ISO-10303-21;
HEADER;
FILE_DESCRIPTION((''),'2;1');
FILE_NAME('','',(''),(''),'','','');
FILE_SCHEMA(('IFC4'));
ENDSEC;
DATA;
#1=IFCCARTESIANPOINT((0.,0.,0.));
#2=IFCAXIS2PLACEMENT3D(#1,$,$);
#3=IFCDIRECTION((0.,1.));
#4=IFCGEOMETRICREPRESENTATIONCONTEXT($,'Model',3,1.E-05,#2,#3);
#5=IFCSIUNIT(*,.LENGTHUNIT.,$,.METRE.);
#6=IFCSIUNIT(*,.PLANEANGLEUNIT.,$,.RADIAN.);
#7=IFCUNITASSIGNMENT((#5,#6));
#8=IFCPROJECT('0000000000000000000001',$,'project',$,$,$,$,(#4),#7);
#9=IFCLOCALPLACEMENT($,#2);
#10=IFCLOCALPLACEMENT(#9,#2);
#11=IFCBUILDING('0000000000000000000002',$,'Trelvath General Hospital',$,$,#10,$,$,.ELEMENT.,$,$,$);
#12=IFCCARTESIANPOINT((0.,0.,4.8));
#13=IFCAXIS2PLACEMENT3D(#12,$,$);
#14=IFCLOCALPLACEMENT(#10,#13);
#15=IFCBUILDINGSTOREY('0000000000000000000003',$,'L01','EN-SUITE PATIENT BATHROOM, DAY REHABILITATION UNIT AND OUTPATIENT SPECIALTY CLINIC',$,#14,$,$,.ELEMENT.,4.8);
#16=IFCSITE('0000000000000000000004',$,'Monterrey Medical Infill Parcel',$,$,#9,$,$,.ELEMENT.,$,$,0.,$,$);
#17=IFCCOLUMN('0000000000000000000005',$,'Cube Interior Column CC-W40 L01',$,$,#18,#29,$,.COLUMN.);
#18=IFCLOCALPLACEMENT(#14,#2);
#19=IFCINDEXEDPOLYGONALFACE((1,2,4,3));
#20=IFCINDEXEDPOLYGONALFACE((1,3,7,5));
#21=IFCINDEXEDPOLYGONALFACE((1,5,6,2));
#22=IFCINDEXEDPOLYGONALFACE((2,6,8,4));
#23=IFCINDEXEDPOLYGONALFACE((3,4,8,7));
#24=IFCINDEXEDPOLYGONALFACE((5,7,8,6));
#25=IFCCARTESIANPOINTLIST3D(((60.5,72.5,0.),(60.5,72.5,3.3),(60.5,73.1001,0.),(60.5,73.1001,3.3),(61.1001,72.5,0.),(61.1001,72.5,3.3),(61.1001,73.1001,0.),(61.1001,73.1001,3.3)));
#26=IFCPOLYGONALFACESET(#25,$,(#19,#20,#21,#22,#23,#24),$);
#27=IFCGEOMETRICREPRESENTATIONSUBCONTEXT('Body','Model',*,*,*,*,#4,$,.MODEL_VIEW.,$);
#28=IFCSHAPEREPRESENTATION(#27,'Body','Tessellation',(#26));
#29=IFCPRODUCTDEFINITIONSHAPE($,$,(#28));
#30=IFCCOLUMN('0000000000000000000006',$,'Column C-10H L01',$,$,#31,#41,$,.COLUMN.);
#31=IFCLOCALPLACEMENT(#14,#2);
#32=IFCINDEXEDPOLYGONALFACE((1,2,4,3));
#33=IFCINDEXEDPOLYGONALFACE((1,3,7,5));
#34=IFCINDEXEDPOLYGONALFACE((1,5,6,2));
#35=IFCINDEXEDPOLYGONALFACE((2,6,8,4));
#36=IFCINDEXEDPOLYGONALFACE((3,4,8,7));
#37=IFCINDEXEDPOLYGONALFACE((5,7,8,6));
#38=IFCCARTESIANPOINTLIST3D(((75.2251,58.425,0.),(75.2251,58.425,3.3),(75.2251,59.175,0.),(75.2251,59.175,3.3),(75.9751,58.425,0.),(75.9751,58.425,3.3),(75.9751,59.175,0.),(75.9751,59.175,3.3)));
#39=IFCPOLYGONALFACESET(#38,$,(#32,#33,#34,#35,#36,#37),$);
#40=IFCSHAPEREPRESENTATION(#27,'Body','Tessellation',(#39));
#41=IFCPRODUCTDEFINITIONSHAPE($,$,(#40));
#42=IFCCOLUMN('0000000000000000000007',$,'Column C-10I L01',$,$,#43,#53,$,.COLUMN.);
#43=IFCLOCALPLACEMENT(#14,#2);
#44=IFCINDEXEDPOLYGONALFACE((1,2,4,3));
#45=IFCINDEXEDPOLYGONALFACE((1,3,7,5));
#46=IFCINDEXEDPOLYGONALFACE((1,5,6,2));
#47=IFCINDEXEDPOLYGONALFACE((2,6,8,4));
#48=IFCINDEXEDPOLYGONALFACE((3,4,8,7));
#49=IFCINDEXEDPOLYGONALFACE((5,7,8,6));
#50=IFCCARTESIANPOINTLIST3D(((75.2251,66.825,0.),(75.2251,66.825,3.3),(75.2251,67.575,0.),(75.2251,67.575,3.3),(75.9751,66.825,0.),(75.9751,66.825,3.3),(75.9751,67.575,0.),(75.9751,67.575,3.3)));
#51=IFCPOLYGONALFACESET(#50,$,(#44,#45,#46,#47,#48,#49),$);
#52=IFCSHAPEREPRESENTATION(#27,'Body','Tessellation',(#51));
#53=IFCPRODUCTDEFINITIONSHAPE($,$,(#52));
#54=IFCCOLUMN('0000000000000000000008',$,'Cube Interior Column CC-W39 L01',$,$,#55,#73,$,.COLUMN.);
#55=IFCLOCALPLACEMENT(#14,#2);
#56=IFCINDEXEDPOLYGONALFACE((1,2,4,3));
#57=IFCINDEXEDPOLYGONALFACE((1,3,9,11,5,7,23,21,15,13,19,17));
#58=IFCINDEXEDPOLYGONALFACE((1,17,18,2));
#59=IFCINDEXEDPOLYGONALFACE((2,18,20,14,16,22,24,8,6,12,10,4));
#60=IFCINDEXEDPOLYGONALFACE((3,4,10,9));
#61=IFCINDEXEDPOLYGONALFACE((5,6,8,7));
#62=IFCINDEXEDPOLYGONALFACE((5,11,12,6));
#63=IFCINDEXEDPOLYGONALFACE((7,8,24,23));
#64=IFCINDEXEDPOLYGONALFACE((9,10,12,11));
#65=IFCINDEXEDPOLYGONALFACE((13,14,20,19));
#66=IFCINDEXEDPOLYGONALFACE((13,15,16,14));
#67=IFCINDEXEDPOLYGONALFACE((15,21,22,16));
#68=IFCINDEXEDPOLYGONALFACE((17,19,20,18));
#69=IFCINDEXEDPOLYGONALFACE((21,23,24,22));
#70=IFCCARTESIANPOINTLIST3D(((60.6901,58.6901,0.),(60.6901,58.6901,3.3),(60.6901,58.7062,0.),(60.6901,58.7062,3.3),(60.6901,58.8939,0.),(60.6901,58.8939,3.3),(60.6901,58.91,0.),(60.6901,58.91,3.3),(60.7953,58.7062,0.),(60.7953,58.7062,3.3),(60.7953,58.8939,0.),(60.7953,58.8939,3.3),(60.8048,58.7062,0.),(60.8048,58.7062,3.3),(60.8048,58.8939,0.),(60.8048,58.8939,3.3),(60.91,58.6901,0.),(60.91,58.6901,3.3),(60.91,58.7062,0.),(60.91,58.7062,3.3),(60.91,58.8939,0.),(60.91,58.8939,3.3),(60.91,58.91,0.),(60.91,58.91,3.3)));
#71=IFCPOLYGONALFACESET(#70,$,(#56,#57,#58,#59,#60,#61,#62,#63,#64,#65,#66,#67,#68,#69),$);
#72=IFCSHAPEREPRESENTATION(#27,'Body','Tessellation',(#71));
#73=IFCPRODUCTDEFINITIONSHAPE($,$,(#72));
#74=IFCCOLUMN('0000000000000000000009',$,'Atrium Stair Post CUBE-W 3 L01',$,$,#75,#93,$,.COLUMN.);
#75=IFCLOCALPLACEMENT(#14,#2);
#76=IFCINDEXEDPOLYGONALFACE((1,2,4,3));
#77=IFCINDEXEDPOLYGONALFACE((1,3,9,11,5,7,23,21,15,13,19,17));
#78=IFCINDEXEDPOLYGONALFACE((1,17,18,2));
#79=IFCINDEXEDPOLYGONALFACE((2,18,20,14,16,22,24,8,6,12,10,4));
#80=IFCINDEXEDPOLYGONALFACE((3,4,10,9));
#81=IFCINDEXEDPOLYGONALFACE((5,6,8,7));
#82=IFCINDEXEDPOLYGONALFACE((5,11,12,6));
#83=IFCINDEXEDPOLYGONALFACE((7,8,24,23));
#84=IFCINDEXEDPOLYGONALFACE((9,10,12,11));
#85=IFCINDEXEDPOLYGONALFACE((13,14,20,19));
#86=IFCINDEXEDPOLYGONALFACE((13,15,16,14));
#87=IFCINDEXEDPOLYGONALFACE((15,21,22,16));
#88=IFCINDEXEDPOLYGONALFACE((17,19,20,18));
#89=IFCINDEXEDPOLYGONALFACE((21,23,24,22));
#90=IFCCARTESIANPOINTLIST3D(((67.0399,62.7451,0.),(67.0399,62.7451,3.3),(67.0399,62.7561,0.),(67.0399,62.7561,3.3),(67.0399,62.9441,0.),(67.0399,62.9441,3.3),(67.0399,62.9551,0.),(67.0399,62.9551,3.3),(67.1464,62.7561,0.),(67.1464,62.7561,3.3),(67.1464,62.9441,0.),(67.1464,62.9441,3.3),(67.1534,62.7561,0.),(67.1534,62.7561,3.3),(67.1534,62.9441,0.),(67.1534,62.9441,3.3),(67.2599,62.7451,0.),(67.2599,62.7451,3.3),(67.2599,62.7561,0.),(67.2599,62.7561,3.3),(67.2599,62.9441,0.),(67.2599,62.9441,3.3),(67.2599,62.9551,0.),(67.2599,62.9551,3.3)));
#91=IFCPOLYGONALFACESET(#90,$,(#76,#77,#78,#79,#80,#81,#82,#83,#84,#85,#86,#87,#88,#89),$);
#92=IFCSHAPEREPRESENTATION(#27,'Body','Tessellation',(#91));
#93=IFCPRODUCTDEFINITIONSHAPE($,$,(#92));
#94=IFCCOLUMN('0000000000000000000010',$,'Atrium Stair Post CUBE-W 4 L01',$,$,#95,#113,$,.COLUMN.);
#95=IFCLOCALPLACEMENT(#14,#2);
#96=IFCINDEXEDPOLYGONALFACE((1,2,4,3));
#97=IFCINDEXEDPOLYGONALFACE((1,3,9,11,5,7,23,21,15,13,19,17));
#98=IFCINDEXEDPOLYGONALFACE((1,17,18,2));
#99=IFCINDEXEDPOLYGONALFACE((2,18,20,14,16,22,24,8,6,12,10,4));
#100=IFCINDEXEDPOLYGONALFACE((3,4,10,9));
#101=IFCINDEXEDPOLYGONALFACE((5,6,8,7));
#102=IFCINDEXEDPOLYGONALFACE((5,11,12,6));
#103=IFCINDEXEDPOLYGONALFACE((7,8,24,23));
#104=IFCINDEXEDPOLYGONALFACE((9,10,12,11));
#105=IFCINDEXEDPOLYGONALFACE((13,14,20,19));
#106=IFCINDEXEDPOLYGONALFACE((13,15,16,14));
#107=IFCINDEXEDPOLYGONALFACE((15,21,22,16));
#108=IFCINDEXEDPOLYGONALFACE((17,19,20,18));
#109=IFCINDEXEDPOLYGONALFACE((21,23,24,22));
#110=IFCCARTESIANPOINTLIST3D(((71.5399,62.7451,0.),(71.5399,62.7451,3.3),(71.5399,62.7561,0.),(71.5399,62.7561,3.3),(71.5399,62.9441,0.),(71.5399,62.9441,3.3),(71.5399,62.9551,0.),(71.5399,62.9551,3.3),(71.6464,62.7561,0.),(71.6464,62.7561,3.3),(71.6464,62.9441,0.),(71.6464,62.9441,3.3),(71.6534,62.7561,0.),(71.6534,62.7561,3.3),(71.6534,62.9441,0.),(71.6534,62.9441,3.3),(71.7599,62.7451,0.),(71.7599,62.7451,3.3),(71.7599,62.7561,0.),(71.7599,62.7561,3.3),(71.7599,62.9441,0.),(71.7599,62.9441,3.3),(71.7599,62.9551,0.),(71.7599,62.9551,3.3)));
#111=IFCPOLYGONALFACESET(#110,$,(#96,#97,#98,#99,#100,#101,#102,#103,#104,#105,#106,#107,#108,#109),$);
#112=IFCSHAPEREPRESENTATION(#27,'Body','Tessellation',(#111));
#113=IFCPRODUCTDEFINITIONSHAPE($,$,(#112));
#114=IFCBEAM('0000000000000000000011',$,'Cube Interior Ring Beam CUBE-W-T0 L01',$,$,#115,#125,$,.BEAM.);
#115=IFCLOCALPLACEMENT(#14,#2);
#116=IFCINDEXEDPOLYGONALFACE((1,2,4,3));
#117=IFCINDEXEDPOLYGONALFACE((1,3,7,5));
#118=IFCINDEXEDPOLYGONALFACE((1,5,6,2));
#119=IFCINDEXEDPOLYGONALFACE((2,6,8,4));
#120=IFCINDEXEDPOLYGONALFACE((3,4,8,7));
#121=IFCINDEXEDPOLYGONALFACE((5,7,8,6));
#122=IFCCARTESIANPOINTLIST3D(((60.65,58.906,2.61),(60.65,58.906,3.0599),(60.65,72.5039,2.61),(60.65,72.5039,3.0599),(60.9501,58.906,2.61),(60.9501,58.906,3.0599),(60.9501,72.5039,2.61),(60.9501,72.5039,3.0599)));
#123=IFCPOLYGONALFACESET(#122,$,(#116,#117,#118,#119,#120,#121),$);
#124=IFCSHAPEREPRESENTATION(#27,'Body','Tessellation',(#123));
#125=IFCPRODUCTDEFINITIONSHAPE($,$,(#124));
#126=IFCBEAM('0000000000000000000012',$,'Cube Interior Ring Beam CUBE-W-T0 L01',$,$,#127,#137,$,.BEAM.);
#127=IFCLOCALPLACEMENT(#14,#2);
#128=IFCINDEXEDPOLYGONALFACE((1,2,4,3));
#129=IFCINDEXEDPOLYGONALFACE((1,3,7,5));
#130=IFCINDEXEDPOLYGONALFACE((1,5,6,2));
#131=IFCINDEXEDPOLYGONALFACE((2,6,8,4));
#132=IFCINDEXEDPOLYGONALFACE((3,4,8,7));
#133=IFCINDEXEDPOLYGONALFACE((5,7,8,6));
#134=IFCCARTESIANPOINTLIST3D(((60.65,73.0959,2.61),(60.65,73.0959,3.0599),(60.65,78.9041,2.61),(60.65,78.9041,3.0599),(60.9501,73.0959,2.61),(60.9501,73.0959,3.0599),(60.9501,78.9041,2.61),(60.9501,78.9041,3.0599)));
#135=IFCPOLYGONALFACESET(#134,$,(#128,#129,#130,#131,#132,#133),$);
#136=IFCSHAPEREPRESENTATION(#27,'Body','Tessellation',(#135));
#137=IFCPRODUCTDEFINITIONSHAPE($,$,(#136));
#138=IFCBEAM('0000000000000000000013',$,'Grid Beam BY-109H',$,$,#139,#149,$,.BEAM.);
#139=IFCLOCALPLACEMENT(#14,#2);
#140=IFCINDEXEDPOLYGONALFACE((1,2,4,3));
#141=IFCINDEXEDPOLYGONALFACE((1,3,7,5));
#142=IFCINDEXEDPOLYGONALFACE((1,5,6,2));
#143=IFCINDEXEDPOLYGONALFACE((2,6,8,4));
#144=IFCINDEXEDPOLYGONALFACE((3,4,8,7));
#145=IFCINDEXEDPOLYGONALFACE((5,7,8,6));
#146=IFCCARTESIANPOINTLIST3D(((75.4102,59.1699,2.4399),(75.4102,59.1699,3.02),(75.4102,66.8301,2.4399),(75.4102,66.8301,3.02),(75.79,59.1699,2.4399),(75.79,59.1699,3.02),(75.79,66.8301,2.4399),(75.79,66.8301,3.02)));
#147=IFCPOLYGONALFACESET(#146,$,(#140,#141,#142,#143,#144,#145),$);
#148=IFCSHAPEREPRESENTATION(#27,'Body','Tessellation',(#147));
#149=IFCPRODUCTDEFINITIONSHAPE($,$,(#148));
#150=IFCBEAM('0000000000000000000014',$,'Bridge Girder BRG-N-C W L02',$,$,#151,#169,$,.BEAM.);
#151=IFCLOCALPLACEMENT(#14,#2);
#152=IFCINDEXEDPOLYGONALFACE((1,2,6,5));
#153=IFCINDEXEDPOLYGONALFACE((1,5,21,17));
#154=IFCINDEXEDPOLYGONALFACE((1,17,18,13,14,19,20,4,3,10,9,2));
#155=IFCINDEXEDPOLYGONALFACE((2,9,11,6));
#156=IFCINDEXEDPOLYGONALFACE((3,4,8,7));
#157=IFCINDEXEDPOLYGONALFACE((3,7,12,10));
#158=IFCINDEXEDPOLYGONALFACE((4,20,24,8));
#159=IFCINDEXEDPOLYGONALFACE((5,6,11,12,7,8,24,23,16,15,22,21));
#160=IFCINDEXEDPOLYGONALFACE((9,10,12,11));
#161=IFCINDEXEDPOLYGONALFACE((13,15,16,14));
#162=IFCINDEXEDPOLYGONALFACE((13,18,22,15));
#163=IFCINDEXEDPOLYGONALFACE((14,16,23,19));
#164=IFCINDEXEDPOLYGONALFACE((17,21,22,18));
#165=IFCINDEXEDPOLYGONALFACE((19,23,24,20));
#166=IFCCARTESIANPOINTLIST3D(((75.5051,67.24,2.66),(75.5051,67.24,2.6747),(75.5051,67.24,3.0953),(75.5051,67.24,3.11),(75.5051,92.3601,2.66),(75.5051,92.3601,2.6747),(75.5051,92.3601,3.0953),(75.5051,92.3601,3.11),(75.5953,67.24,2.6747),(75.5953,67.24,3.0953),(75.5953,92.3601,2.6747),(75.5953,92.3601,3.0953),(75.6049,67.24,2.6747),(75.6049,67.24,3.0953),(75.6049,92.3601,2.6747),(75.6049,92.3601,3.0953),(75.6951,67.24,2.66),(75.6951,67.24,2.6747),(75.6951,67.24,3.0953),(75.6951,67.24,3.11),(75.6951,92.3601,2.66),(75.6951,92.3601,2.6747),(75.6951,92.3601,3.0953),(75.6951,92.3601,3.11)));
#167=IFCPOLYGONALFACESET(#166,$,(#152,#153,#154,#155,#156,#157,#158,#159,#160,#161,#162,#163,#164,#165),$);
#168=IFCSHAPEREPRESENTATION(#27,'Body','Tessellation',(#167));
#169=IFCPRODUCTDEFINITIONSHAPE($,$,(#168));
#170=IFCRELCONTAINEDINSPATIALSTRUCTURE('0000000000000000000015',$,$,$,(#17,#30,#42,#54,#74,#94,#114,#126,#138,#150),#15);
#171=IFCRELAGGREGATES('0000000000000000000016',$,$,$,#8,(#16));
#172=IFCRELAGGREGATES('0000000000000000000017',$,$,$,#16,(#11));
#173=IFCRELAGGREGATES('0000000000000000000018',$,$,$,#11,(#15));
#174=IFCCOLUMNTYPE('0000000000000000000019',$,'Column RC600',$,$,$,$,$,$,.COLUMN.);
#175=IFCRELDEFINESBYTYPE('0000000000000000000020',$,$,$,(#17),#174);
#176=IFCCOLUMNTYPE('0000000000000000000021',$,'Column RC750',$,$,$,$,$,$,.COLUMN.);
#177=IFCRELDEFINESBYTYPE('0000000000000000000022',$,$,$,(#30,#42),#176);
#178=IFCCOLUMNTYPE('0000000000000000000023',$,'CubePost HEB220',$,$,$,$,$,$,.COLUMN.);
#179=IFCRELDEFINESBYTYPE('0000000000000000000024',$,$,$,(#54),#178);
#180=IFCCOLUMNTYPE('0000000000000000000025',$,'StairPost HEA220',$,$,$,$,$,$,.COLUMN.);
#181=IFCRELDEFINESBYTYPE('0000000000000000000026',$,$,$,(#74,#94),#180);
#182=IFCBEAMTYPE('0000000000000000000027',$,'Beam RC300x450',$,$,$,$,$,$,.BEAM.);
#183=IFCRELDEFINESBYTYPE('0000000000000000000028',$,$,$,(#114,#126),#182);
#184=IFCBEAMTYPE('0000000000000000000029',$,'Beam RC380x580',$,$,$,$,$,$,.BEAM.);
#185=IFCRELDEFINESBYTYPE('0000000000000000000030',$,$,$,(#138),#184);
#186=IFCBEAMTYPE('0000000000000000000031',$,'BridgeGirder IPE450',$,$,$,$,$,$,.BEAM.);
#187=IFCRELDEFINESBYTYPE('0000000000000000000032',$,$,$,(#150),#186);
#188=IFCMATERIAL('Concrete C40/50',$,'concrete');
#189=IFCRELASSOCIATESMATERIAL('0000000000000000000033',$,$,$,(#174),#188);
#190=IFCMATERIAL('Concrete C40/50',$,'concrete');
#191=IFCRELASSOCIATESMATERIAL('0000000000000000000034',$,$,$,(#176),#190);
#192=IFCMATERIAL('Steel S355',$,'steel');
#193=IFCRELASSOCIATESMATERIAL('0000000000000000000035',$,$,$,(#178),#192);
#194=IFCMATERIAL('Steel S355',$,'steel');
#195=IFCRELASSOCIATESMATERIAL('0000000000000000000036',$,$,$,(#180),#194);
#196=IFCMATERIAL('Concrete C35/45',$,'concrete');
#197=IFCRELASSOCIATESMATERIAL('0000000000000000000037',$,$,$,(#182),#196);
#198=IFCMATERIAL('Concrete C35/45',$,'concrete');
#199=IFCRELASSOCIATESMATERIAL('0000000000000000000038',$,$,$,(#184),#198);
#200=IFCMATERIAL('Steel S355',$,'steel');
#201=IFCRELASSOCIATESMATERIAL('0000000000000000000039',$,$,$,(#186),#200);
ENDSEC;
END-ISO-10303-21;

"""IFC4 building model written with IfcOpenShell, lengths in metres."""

from ifc_helpers import new_model, si_unit, direction, frame, origin, origin_2d, place, context, subcontext, project, spatial, rectangle, i_section, extrude, material, material_profile, profile_set, type_object, element, save


model = new_model("IFC4")

# Units and contexts
model_context = context("Model", 3, precision=1e-05, world=origin(), true_north=direction((0.0, 1.0)))
body_context = subcontext(model_context, "Body", "Model", "MODEL_VIEW")
ifc_project = project(units=[si_unit("LENGTHUNIT", "METRE"), si_unit("PLANEANGLEUNIT", "RADIAN")], contexts=[model_context])

# Site, building, storey
site_placement = place(None, origin())
site = spatial("IfcSite", under=ifc_project, at=site_placement, Name="Monterrey Medical Infill Parcel", CompositionType="ELEMENT", RefElevation=0.0)
building_placement = place(site_placement, origin())
building = spatial("IfcBuilding", under=site, at=building_placement, Name="Trelvath General Hospital", CompositionType="ELEMENT")
storey_placement = place(building_placement, frame((0.0, 0.0, 4.8)))
storey = spatial("IfcBuildingStorey", under=building, at=storey_placement, Name="L01", Description="EN-SUITE PATIENT BATHROOM, DAY REHABILITATION UNIT AND OUTPATIENT SPECIALTY CLINIC", CompositionType="ELEMENT", Elevation=4.8)

# Columns
ifc_material_1 = material(Name="Concrete C40/50", Category="concrete")
ifc_material_profile_1 = material_profile(ifc_material_1, rectangle(XDim=0.6001, YDim=0.6001, at=origin_2d()), Name="RC600x600")
ifc_profile_set_1 = profile_set([ifc_material_profile_1], Name="Concrete C40/50")
column_type_1 = type_object("IfcColumnType", Name="Column RC600", PredefinedType="COLUMN", material=ifc_profile_set_1)
column_1_placement = place(storey_placement, frame((60.8, 72.8, 0.0), z_axis=(0.0, 0.0, 1.0), x_axis=(1.0, 0.0, 0.0)))
element("IfcColumn", 1, at=column_1_placement, inside=storey, type_object=column_type_1, Name="Cube Interior Column CC-W40 L01", PredefinedType="COLUMN", context=body_context, shape_type="SweptSolid", body=[
    extrude(rectangle(XDim=0.6001, YDim=0.6001, at=origin_2d()), origin(), (0.0, 0.0, 1.0), 3.3),
])
ifc_material_2 = material(Name="Concrete C40/50", Category="concrete")
ifc_material_profile_2 = material_profile(ifc_material_2, rectangle(XDim=0.75, YDim=0.75, at=origin_2d()), Name="RC750x750")
ifc_profile_set_2 = profile_set([ifc_material_profile_2], Name="Concrete C40/50")
column_type_2 = type_object("IfcColumnType", Name="Column RC750", PredefinedType="COLUMN", material=ifc_profile_set_2)
for number, where, z_axis, x_axis, name in (
    (2, (75.6001, 58.8, 0.0), (0.0, 0.0, 1.0), (1.0, 0.0, 0.0), "Column C-10H L01"),
    (3, (75.6001, 67.2, 0.0), (0.0, 0.0, 1.0), (1.0, 0.0, 0.0), "Column C-10I L01"),
):
    element("IfcColumn", number, at=place(storey_placement, frame(where, z_axis=z_axis, x_axis=x_axis)), inside=storey, type_object=column_type_2, Name=name, PredefinedType="COLUMN", context=body_context, shape_type="SweptSolid", body=[
        extrude(rectangle(XDim=0.75, YDim=0.75, at=origin_2d()), origin(), (0.0, 0.0, 1.0), 3.3),
    ])
ifc_material_3 = material(Name="Steel S355", Category="steel")
ifc_material_profile_3 = material_profile(ifc_material_3, i_section(OverallWidth=0.22, OverallDepth=0.22, WebThickness=0.0095, FlangeThickness=0.0161, at=origin_2d()), Name="HEB220")
ifc_profile_set_3 = profile_set([ifc_material_profile_3], Name="Steel S355")
column_type_3 = type_object("IfcColumnType", Name="CubePost HEB220", PredefinedType="COLUMN", material=ifc_profile_set_3)
column_2_placement = place(storey_placement, frame((60.8, 58.8, 0.0), z_axis=(0.0, 0.0, 1.0), x_axis=(1.0, 0.0, 0.0)))
element("IfcColumn", 4, at=column_2_placement, inside=storey, type_object=column_type_3, Name="Cube Interior Column CC-W39 L01", PredefinedType="COLUMN", context=body_context, shape_type="SweptSolid", body=[
    extrude(i_section(OverallWidth=0.22, OverallDepth=0.22, WebThickness=0.0095, FlangeThickness=0.0161, at=origin_2d()), origin(), (0.0, 0.0, 1.0), 3.3),
])
ifc_material_4 = material(Name="Steel S355", Category="steel")
ifc_material_profile_4 = material_profile(ifc_material_4, i_section(OverallWidth=0.22, OverallDepth=0.21, WebThickness=0.0071, FlangeThickness=0.011, at=origin_2d()), Name="HEA220")
ifc_profile_set_4 = profile_set([ifc_material_profile_4], Name="Steel S355")
column_type_4 = type_object("IfcColumnType", Name="StairPost HEA220", PredefinedType="COLUMN", material=ifc_profile_set_4)
for number, where, z_axis, x_axis, name in (
    (5, (67.1499, 62.8501, 0.0), (0.0, 0.0, 1.0), (1.0, 0.0, 0.0), "Atrium Stair Post CUBE-W 3 L01"),
    (6, (71.6499, 62.8501, 0.0), (0.0, 0.0, 1.0), (1.0, 0.0, 0.0), "Atrium Stair Post CUBE-W 4 L01"),
):
    element("IfcColumn", number, at=place(storey_placement, frame(where, z_axis=z_axis, x_axis=x_axis)), inside=storey, type_object=column_type_4, Name=name, PredefinedType="COLUMN", context=body_context, shape_type="SweptSolid", body=[
        extrude(i_section(OverallWidth=0.22, OverallDepth=0.21, WebThickness=0.0071, FlangeThickness=0.011, at=origin_2d()), origin(), (0.0, 0.0, 1.0), 3.3),
    ])

# Beams
ifc_material_5 = material(Name="Concrete C35/45", Category="concrete")
ifc_material_profile_5 = material_profile(ifc_material_5, rectangle(XDim=0.3, YDim=0.45, at=origin_2d()), Name="RCB300x450")
ifc_profile_set_5 = profile_set([ifc_material_profile_5], Name="Concrete C35/45")
beam_type_1 = type_object("IfcBeamType", Name="Beam RC300x450", PredefinedType="BEAM", material=ifc_profile_set_5)
beam_1_placement = place(storey_placement, frame((60.8, 58.906, 2.835), z_axis=(0.0, 1.0, 0.0), x_axis=(-1.0, 0.0, 0.0)))
element("IfcBeam", 7, at=beam_1_placement, inside=storey, type_object=beam_type_1, Name="Cube Interior Ring Beam CUBE-W-T0 L01", PredefinedType="BEAM", context=body_context, shape_type="SweptSolid", body=[
    extrude(rectangle(XDim=0.3, YDim=0.45, at=origin_2d()), origin(), (0.0, 0.0, 1.0), 13.5979),
])
beam_2_placement = place(storey_placement, frame((60.8, 73.0959, 2.835), z_axis=(0.0, 1.0, 0.0), x_axis=(-1.0, 0.0, 0.0)))
element("IfcBeam", 8, at=beam_2_placement, inside=storey, type_object=beam_type_1, Name="Cube Interior Ring Beam CUBE-W-T0 L01", PredefinedType="BEAM", context=body_context, shape_type="SweptSolid", body=[
    extrude(rectangle(XDim=0.3, YDim=0.45, at=origin_2d()), origin(), (0.0, 0.0, 1.0), 5.8081),
])
ifc_material_6 = material(Name="Concrete C35/45", Category="concrete")
ifc_material_profile_6 = material_profile(ifc_material_6, rectangle(XDim=0.3799, YDim=0.5801, at=origin_2d()), Name="RCB380x580")
ifc_profile_set_6 = profile_set([ifc_material_profile_6], Name="Concrete C35/45")
beam_type_2 = type_object("IfcBeamType", Name="Beam RC380x580", PredefinedType="BEAM", material=ifc_profile_set_6)
beam_3_placement = place(storey_placement, frame((75.6001, 59.1699, 2.73), z_axis=(0.0, 1.0, 0.0), x_axis=(-1.0, 0.0, 0.0)))
element("IfcBeam", 9, at=beam_3_placement, inside=storey, type_object=beam_type_2, Name="Grid Beam BY-109H", PredefinedType="BEAM", context=body_context, shape_type="SweptSolid", body=[
    extrude(rectangle(XDim=0.3799, YDim=0.5801, at=origin_2d()), origin(), (0.0, 0.0, 1.0), 7.6602),
])
ifc_material_7 = material(Name="Steel S355", Category="steel")
ifc_material_profile_7 = material_profile(ifc_material_7, i_section(OverallWidth=0.1899, OverallDepth=0.45, WebThickness=0.0095, FlangeThickness=0.0146, at=origin_2d()), Name="IPE450")
ifc_profile_set_7 = profile_set([ifc_material_profile_7], Name="Steel S355")
beam_type_3 = type_object("IfcBeamType", Name="BridgeGirder IPE450", PredefinedType="BEAM", material=ifc_profile_set_7)
beam_4_placement = place(storey_placement, frame((75.6001, 67.24, 2.885), z_axis=(0.0, 1.0, 0.0), x_axis=(-1.0, 0.0, 0.0)))
element("IfcBeam", 10, at=beam_4_placement, inside=storey, type_object=beam_type_3, Name="Bridge Girder BRG-N-C W L02", PredefinedType="BEAM", context=body_context, shape_type="SweptSolid", body=[
    extrude(i_section(OverallWidth=0.1899, OverallDepth=0.45, WebThickness=0.0095, FlangeThickness=0.0146, at=origin_2d()), origin(), (0.0, 0.0, 1.0), 25.1201),
])

save(model, "model.ifc")
